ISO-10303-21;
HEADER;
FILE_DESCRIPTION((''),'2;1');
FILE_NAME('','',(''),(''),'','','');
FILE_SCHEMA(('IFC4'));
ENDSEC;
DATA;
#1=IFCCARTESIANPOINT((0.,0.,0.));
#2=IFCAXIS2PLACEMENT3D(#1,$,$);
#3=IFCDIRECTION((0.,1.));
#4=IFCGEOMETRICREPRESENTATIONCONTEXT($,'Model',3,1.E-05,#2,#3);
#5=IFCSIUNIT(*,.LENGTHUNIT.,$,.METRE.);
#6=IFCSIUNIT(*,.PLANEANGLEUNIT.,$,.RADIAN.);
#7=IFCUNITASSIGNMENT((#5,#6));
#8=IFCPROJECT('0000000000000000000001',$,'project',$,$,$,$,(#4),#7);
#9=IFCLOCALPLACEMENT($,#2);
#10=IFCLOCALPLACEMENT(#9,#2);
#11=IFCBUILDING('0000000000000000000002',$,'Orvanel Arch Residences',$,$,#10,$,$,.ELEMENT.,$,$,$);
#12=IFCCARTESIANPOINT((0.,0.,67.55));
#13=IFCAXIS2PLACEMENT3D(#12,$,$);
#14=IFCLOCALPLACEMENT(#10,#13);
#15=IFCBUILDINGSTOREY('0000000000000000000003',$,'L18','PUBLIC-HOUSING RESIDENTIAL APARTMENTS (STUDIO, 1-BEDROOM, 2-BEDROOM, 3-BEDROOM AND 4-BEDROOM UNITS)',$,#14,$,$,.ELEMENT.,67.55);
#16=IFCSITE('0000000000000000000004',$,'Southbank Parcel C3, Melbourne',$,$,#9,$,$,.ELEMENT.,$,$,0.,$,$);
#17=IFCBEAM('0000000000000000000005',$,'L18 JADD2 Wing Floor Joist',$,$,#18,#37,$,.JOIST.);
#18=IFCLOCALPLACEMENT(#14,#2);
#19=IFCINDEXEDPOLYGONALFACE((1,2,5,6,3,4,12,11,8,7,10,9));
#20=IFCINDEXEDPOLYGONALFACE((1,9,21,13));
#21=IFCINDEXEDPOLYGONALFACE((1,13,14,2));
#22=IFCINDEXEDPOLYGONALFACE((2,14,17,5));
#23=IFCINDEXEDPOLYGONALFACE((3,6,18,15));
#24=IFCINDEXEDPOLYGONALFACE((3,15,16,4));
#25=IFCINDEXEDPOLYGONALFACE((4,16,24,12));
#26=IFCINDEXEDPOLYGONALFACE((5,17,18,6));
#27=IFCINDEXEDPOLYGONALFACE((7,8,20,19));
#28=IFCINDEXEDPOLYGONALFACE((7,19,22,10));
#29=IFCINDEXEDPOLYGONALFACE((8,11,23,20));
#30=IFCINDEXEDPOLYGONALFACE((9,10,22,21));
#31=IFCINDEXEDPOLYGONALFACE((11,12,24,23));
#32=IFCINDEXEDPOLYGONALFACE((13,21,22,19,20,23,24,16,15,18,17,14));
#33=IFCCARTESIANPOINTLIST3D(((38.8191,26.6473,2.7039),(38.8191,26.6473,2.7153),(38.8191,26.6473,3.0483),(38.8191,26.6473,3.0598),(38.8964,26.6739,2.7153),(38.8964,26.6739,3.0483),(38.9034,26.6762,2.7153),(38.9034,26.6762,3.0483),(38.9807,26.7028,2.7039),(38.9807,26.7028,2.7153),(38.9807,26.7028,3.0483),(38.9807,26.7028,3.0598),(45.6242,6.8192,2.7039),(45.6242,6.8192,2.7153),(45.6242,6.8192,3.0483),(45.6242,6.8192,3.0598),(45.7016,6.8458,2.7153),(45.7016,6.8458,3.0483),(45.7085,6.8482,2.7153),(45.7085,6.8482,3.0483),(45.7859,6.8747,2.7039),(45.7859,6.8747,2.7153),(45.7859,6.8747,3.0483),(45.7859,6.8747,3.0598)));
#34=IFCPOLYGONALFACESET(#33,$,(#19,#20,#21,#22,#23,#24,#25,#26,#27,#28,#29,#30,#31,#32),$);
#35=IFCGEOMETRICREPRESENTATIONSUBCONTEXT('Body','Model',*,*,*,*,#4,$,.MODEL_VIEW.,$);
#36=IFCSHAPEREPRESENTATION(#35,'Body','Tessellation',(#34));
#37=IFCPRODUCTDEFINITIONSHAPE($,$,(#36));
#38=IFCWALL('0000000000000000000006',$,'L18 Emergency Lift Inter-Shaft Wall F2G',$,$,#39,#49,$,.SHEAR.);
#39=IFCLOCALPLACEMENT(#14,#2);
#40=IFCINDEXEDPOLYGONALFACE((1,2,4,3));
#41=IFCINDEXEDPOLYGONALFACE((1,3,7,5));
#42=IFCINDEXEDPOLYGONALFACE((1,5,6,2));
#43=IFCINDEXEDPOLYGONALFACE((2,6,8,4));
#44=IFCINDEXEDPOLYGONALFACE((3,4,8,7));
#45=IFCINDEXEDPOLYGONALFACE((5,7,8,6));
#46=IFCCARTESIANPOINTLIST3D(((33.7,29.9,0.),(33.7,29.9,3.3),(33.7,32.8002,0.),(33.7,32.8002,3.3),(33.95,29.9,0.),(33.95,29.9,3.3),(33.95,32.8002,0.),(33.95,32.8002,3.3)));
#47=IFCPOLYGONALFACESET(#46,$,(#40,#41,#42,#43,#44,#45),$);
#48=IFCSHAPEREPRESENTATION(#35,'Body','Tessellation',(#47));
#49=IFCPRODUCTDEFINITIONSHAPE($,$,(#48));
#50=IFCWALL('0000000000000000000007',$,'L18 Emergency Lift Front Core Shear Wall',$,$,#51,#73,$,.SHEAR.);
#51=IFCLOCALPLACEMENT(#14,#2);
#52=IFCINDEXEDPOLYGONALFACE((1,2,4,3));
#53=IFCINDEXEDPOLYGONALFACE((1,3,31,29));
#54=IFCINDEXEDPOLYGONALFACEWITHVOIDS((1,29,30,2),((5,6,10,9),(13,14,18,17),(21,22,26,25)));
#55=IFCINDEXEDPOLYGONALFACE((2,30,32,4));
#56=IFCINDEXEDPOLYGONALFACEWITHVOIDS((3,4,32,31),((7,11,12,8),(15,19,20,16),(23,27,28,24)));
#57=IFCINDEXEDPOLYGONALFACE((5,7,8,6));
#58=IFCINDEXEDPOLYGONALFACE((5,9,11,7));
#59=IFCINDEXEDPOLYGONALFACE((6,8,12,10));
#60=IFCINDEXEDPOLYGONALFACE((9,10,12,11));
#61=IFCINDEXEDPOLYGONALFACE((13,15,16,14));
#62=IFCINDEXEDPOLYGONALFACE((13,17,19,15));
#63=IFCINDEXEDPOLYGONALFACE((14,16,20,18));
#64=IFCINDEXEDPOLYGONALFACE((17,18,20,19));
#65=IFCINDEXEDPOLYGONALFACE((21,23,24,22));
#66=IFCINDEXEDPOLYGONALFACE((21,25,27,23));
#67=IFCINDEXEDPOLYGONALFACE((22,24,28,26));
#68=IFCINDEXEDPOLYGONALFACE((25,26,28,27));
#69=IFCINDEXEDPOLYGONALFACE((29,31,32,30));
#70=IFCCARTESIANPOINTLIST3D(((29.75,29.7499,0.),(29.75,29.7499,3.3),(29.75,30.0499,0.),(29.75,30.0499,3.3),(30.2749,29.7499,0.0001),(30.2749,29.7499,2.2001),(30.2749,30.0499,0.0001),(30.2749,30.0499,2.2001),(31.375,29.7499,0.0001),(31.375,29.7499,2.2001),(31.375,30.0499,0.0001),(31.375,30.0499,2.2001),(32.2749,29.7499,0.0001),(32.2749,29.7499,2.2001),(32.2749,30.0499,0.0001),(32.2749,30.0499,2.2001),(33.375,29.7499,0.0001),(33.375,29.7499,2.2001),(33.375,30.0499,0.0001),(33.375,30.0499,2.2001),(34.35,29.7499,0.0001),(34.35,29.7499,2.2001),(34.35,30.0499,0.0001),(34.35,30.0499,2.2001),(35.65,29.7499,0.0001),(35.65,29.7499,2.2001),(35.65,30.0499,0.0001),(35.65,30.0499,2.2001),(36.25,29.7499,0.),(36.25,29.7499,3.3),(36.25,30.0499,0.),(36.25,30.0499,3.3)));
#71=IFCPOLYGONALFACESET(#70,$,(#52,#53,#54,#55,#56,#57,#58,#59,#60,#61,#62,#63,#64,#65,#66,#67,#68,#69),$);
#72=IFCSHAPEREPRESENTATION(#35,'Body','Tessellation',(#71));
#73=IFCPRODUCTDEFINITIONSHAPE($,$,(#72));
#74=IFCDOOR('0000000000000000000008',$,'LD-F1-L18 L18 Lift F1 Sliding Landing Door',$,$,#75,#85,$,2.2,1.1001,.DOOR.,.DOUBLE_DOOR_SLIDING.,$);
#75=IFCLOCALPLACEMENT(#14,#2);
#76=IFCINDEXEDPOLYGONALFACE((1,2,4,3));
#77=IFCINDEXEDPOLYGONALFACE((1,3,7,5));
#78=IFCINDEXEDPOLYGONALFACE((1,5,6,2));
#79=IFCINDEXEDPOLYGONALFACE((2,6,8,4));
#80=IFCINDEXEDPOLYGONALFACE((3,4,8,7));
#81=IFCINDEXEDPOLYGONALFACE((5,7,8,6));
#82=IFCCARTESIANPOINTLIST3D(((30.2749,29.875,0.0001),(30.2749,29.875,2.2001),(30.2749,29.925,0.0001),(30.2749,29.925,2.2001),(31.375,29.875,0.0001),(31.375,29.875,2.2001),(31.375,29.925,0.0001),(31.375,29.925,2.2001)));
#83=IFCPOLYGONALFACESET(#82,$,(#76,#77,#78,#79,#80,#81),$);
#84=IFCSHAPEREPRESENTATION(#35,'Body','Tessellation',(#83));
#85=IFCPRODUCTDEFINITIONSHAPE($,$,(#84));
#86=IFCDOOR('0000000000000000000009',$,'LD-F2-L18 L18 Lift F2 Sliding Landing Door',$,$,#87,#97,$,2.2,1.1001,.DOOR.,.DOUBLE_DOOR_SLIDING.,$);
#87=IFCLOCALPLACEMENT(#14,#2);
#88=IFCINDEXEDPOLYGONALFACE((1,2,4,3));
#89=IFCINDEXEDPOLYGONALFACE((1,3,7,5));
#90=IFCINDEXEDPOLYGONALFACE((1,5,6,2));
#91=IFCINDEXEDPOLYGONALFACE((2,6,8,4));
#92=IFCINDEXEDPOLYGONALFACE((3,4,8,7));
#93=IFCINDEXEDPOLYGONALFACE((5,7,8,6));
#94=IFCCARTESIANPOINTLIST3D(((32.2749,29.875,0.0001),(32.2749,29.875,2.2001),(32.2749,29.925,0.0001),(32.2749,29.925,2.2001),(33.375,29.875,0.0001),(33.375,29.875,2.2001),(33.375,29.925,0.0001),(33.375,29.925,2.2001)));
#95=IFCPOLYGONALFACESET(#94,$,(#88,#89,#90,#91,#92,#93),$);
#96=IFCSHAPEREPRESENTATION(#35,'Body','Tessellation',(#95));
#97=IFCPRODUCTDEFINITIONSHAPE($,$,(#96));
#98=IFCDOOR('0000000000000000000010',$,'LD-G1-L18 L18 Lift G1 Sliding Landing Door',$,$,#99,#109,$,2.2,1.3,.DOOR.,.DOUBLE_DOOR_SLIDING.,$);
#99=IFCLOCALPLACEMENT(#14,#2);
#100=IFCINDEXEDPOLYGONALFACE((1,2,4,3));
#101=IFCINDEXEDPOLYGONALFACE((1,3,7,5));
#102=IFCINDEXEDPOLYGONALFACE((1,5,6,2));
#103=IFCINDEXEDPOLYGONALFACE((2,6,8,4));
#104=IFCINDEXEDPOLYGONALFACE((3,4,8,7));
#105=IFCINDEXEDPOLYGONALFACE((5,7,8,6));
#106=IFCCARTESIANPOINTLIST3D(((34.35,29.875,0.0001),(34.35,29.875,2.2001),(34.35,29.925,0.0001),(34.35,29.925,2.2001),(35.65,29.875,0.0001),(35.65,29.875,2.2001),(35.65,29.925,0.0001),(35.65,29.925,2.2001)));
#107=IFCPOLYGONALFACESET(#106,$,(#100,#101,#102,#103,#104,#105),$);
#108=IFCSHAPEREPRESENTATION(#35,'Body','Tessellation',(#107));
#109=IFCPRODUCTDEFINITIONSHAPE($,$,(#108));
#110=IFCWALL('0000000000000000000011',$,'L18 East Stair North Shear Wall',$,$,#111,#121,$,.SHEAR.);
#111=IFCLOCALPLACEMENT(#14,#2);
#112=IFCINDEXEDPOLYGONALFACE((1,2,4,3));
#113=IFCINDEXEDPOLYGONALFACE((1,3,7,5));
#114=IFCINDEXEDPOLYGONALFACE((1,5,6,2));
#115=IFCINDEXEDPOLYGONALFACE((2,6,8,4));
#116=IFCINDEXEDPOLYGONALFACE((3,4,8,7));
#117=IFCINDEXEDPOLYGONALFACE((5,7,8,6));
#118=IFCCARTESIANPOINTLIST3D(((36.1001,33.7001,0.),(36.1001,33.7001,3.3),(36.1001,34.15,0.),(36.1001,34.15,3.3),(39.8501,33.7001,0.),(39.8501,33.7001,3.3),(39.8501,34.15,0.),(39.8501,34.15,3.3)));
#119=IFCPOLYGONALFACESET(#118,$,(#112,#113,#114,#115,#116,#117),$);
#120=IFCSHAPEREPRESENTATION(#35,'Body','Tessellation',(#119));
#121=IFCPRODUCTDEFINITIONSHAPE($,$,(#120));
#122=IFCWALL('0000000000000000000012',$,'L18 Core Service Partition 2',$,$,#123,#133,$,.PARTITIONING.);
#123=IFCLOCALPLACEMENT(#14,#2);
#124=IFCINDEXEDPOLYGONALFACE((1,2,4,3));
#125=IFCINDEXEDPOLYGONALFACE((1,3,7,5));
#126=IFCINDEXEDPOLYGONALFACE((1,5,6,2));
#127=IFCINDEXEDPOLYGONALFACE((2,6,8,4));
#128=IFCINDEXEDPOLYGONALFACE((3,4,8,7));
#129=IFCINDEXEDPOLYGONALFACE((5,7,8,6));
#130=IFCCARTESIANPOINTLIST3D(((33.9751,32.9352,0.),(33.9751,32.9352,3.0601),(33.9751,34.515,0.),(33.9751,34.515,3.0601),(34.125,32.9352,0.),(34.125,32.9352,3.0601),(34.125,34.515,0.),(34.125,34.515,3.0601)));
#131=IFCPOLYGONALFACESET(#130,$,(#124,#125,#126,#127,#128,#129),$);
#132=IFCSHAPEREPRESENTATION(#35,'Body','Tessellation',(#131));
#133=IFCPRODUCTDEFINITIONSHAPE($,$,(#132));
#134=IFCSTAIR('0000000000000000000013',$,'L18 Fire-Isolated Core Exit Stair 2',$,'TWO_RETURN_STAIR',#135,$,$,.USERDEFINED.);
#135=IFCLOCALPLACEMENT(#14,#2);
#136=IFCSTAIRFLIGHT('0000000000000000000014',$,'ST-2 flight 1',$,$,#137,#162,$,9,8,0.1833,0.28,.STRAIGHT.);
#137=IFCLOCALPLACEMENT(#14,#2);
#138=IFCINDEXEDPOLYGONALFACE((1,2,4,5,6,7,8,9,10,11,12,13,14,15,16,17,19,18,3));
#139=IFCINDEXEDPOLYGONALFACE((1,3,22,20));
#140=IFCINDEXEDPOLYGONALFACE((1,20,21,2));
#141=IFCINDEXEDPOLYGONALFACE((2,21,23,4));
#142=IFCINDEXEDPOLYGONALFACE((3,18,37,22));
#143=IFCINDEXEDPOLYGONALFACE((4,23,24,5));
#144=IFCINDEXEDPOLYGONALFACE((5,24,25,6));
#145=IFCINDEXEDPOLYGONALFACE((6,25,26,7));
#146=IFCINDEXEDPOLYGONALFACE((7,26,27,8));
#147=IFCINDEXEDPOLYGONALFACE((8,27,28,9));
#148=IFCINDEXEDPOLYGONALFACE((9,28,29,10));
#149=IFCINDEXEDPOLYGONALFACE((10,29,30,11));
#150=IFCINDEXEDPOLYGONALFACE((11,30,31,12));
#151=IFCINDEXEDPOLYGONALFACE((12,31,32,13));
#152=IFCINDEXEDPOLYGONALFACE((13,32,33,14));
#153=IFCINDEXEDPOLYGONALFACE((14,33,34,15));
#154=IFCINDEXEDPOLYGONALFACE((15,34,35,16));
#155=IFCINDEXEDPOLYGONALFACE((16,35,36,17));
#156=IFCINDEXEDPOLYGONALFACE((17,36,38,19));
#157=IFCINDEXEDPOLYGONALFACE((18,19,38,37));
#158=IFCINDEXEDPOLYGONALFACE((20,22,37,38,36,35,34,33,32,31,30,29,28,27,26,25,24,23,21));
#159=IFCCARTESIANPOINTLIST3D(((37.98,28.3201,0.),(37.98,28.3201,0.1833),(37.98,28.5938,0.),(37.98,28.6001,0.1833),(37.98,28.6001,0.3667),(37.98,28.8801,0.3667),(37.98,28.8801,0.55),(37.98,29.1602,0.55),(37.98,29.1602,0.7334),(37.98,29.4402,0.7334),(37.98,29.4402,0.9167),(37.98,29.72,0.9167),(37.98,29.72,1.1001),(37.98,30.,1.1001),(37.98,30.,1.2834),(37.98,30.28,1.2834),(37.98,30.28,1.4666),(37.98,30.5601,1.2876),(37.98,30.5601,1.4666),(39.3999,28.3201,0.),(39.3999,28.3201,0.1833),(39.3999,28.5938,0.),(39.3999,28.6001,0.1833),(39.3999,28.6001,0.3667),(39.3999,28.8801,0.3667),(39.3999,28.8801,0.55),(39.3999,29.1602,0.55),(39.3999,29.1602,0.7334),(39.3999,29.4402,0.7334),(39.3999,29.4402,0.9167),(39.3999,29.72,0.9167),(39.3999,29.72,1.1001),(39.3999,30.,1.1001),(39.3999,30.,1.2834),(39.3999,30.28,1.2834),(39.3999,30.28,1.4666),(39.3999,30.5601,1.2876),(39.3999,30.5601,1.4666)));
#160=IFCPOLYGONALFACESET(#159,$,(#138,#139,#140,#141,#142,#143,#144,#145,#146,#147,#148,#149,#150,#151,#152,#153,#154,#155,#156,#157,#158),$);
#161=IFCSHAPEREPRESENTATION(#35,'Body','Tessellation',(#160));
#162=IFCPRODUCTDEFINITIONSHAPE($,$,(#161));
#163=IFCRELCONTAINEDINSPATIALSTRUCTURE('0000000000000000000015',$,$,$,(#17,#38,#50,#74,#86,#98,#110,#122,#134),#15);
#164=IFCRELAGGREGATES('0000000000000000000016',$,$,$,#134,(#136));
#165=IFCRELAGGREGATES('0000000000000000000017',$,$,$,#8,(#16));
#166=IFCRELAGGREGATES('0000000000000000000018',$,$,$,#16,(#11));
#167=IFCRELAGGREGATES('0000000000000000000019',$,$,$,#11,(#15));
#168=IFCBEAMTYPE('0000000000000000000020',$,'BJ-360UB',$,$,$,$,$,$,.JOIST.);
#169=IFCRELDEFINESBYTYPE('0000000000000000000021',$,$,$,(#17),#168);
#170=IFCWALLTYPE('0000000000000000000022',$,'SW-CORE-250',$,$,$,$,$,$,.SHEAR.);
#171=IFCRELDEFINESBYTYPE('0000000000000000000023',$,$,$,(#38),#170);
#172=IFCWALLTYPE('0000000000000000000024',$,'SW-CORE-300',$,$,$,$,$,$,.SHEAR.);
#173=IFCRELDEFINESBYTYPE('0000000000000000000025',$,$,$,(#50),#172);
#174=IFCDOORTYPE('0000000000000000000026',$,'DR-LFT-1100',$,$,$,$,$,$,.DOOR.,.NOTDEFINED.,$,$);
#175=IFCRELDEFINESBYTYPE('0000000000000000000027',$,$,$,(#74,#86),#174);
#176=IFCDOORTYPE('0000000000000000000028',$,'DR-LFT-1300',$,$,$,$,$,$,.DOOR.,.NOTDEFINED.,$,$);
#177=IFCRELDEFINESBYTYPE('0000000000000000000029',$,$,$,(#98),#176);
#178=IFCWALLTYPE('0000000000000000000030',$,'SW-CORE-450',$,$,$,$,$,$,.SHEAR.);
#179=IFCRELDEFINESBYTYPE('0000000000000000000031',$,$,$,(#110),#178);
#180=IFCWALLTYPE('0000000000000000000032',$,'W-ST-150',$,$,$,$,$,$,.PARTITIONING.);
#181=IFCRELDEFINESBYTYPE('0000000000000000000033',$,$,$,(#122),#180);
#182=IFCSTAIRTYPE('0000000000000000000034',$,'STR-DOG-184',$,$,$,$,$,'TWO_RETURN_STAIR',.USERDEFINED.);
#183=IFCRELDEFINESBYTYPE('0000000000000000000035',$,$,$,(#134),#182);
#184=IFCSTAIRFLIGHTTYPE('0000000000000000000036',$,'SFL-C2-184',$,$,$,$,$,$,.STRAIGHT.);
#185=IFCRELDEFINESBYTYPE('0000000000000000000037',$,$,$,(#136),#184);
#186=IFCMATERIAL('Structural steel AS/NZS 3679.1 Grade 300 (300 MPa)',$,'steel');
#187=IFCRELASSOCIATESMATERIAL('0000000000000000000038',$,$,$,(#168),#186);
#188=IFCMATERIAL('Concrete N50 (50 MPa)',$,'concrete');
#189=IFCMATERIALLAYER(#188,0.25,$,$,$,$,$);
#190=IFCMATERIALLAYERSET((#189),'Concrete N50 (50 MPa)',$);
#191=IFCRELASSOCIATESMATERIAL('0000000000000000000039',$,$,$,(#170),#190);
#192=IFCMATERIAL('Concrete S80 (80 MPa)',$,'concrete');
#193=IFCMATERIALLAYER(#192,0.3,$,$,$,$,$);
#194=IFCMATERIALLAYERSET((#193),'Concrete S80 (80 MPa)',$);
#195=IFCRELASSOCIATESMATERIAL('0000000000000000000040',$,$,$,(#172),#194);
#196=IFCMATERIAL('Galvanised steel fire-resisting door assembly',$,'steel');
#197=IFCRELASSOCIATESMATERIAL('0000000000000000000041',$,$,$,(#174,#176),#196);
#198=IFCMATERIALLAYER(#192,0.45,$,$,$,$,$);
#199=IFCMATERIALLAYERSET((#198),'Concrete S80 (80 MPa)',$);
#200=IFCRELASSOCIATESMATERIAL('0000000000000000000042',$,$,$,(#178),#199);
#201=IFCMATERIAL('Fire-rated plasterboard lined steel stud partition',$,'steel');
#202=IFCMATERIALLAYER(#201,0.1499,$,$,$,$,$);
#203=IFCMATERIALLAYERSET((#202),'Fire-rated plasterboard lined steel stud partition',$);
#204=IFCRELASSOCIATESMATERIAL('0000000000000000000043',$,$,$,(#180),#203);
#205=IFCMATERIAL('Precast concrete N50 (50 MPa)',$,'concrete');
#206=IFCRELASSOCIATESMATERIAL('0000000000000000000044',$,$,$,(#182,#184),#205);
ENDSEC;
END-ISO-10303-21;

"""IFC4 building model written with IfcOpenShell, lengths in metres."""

from ifc_helpers import new_model, si_unit, direction, frame, frame_2d, origin, origin_2d, place, context, subcontext, project, spatial, polyline, rectangle, i_section, outline, extrude, material, layer, layer_set, material_profile, profile_set, type_object, element, fill, aggregate, save


model = new_model("IFC4")

# Units and contexts
model_context = context("Model", 3, precision=1e-05, world=origin(), true_north=direction((0.0, 1.0)))
body_context = subcontext(model_context, "Body", "Model", "MODEL_VIEW")
ifc_project = project(units=[si_unit("LENGTHUNIT", "METRE"), si_unit("PLANEANGLEUNIT", "RADIAN")], contexts=[model_context])

# Site, building, storey
site_placement = place(None, origin())
site = spatial("IfcSite", under=ifc_project, at=site_placement, Name="Southbank Parcel C3, Melbourne", CompositionType="ELEMENT", RefElevation=0.0)
building_placement = place(site_placement, origin())
building = spatial("IfcBuilding", under=site, at=building_placement, Name="Orvanel Arch Residences", CompositionType="ELEMENT")
storey_placement = place(building_placement, frame((0.0, 0.0, 67.55)))
storey = spatial("IfcBuildingStorey", under=building, at=storey_placement, Name="L18", Description="PUBLIC-HOUSING RESIDENTIAL APARTMENTS (STUDIO, 1-BEDROOM, 2-BEDROOM, 3-BEDROOM AND 4-BEDROOM UNITS)", CompositionType="ELEMENT", Elevation=67.55)

# Beam
ifc_material_1 = material(Name="Structural steel AS/NZS 3679.1 Grade 300 (300 MPa)", Category="steel")
ifc_material_profile_1 = material_profile(ifc_material_1, i_section(OverallWidth=0.1709, OverallDepth=0.356, WebThickness=0.0073, FlangeThickness=0.0115, at=origin_2d()), Name="360UB50.7")
ifc_profile_set_1 = profile_set([ifc_material_profile_1], Name="Structural steel AS/NZS 3679.1 Grade 300 (300 MPa)")
beam_type_1 = type_object("IfcBeamType", Name="BJ-360UB", PredefinedType="JOIST", material=ifc_profile_set_1)
beam_1_placement = place(storey_placement, frame((38.8999, 26.675, 2.8818), z_axis=(0.324621, -0.945844, 0.0), x_axis=(0.945844, 0.324621, 0.0)))
element("IfcBeam", 1, at=beam_1_placement, inside=storey, type_object=beam_type_1, Name="L18 JADD2 Wing Floor Joist", PredefinedType="JOIST", context=body_context, shape_type="SweptSolid", body=[
    extrude(i_section(OverallWidth=0.1709, OverallDepth=0.356, WebThickness=0.0073, FlangeThickness=0.0115, at=origin_2d()), origin(), (0.0, 0.0, 1.0), 20.9634),
])

# Wall
ifc_material_2 = material(Name="Concrete N50 (50 MPa)", Category="concrete")
ifc_layer_1 = layer(ifc_material_2, 0.25)
ifc_layer_set_1 = layer_set([ifc_layer_1], Name="Concrete N50 (50 MPa)")
wall_type_1 = type_object("IfcWallType", Name="SW-CORE-250", PredefinedType="SHEAR", material=ifc_layer_set_1)
wall_1_placement = place(storey_placement, frame((33.825, 29.8999, 0.0), z_axis=(0.0, 0.0, 1.0), x_axis=(0.0, 1.0, 0.0)))
element("IfcWall", 2, at=wall_1_placement, inside=storey, type_object=wall_type_1, Name="L18 Emergency Lift Inter-Shaft Wall F2G", PredefinedType="SHEAR", context=body_context, shape_type="SweptSolid", body=[
    extrude(rectangle(XDim=2.9001, YDim=0.25, at=frame_2d((1.4502, 0.0))), origin(), (0.0, 0.0, 1.0), 3.3),
])

# Wall, openings, doors
ifc_material_3 = material(Name="Concrete S80 (80 MPa)", Category="concrete")
ifc_layer_2 = layer(ifc_material_3, 0.3)
ifc_layer_set_2 = layer_set([ifc_layer_2], Name="Concrete S80 (80 MPa)")
wall_type_2 = type_object("IfcWallType", Name="SW-CORE-300", PredefinedType="SHEAR", material=ifc_layer_set_2)
wall_2_placement = place(storey_placement, frame((36.25, 29.8999, 0.0), z_axis=(0.0, 0.0, 1.0), x_axis=(-1.0, 0.0, 0.0)))
wall_2 = element("IfcWall", 3, at=wall_2_placement, inside=storey, type_object=wall_type_2, Name="L18 Emergency Lift Front Core Shear Wall", PredefinedType="SHEAR", context=body_context, shape_type="SweptSolid", body=[
    extrude(rectangle(XDim=6.5, YDim=0.3, at=frame_2d((3.25, 0.0))), origin(), (0.0, 0.0, 1.0), 3.3),
])
opening_1_placement = place(wall_2_placement, frame((4.875, 0.0, 0.0)))
opening_1 = element("IfcOpeningElement", 4, at=opening_1_placement, cuts=wall_2, PredefinedType="OPENING", context=body_context, shape_type="SweptSolid", body=[
    extrude(rectangle(XDim=1.1001, YDim=2.2, at=frame_2d((0.55, 1.1001))), frame((0.0, 0.1599, 0.0), z_axis=(0.0, -1.0, 0.0), x_axis=(1.0, 0.0, 0.0)), (0.0, 0.0, 1.0), 0.3201),
])
opening_2_placement = place(wall_2_placement, frame((2.875, 0.0, 0.0)))
opening_2 = element("IfcOpeningElement", 5, at=opening_2_placement, cuts=wall_2, PredefinedType="OPENING", context=body_context, shape_type="SweptSolid", body=[
    extrude(rectangle(XDim=1.1001, YDim=2.2, at=frame_2d((0.55, 1.1001))), frame((0.0, 0.1599, 0.0), z_axis=(0.0, -1.0, 0.0), x_axis=(1.0, 0.0, 0.0)), (0.0, 0.0, 1.0), 0.3201),
])
opening_3_placement = place(wall_2_placement, frame((0.6001, 0.0, 0.0)))
opening_3 = element("IfcOpeningElement", 6, at=opening_3_placement, cuts=wall_2, PredefinedType="OPENING", context=body_context, shape_type="SweptSolid", body=[
    extrude(rectangle(XDim=1.3, YDim=2.2, at=frame_2d((0.6499, 1.1001))), frame((0.0, 0.1599, 0.0), z_axis=(0.0, -1.0, 0.0), x_axis=(1.0, 0.0, 0.0)), (0.0, 0.0, 1.0), 0.3201),
])
ifc_material_4 = material(Name="Galvanised steel fire-resisting door assembly", Category="steel")
door_type_1 = type_object("IfcDoorType", Name="DR-LFT-1100", OperationType="NOTDEFINED", PredefinedType="DOOR", material=ifc_material_4)
door_1_placement = place(opening_1_placement, origin())
door_1 = element("IfcDoor", 7, at=door_1_placement, inside=storey, type_object=door_type_1, Name="LD-F1-L18 L18 Lift F1 Sliding Landing Door", OperationType="DOUBLE_DOOR_SLIDING", OverallHeight=2.2, OverallWidth=1.1001, PredefinedType="DOOR", context=body_context, shape_type="SweptSolid", body=[
    extrude(rectangle(XDim=1.1001, YDim=2.2, at=frame_2d((0.55, 1.1001))), frame((0.0, 0.0249, 0.0), z_axis=(0.0, -1.0, 0.0), x_axis=(1.0, 0.0, 0.0)), (0.0, 0.0, 1.0), 0.05),
])
fill(opening_1, door_1)
door_2_placement = place(opening_2_placement, origin())
door_2 = element("IfcDoor", 8, at=door_2_placement, inside=storey, type_object=door_type_1, Name="LD-F2-L18 L18 Lift F2 Sliding Landing Door", OperationType="DOUBLE_DOOR_SLIDING", OverallHeight=2.2, OverallWidth=1.1001, PredefinedType="DOOR", context=body_context, shape_type="SweptSolid", body=[
    extrude(rectangle(XDim=1.1001, YDim=2.2, at=frame_2d((0.55, 1.1001))), frame((0.0, 0.0249, 0.0), z_axis=(0.0, -1.0, 0.0), x_axis=(1.0, 0.0, 0.0)), (0.0, 0.0, 1.0), 0.05),
])
fill(opening_2, door_2)
door_type_2 = type_object("IfcDoorType", Name="DR-LFT-1300", OperationType="NOTDEFINED", PredefinedType="DOOR", material=ifc_material_4)
door_3_placement = place(opening_3_placement, origin())
door_3 = element("IfcDoor", 9, at=door_3_placement, inside=storey, type_object=door_type_2, Name="LD-G1-L18 L18 Lift G1 Sliding Landing Door", OperationType="DOUBLE_DOOR_SLIDING", OverallHeight=2.2, OverallWidth=1.3, PredefinedType="DOOR", context=body_context, shape_type="SweptSolid", body=[
    extrude(rectangle(XDim=1.3, YDim=2.2, at=frame_2d((0.6499, 1.1001))), frame((0.0, 0.0249, 0.0), z_axis=(0.0, -1.0, 0.0), x_axis=(1.0, 0.0, 0.0)), (0.0, 0.0, 1.0), 0.05),
])
fill(opening_3, door_3)

# Walls
ifc_layer_3 = layer(ifc_material_3, 0.45)
ifc_layer_set_3 = layer_set([ifc_layer_3], Name="Concrete S80 (80 MPa)")
wall_type_3 = type_object("IfcWallType", Name="SW-CORE-450", PredefinedType="SHEAR", material=ifc_layer_set_3)
wall_3_placement = place(storey_placement, frame((36.1001, 33.925, 0.0), z_axis=(0.0, 0.0, 1.0), x_axis=(1.0, 0.0, 0.0)))
element("IfcWall", 10, at=wall_3_placement, inside=storey, type_object=wall_type_3, Name="L18 East Stair North Shear Wall", PredefinedType="SHEAR", context=body_context, shape_type="SweptSolid", body=[
    extrude(rectangle(XDim=3.75, YDim=0.45, at=frame_2d((1.875, 0.0))), origin(), (0.0, 0.0, 1.0), 3.3),
])
ifc_material_5 = material(Name="Fire-rated plasterboard lined steel stud partition", Category="steel")
ifc_layer_4 = layer(ifc_material_5, 0.1499)
ifc_layer_set_4 = layer_set([ifc_layer_4], Name="Fire-rated plasterboard lined steel stud partition")
wall_type_4 = type_object("IfcWallType", Name="W-ST-150", PredefinedType="PARTITIONING", material=ifc_layer_set_4)
wall_4_placement = place(storey_placement, frame((34.05, 32.9351, 0.0), z_axis=(0.0, 0.0, 1.0), x_axis=(0.0, 1.0, 0.0)))
element("IfcWall", 11, at=wall_4_placement, inside=storey, type_object=wall_type_4, Name="L18 Core Service Partition 2", PredefinedType="PARTITIONING", context=body_context, shape_type="SweptSolid", body=[
    extrude(rectangle(XDim=1.5798, YDim=0.1499, at=frame_2d((0.79, 0.0))), origin(), (0.0, 0.0, 1.0), 3.0601),
])

# Stair, stair flight
ifc_material_6 = material(Name="Precast concrete N50 (50 MPa)", Category="concrete")
stair_type = type_object("IfcStairType", Name="STR-DOG-184", ElementType="TWO_RETURN_STAIR", PredefinedType="USERDEFINED", material=ifc_material_6)
stair_placement = place(storey_placement, origin())
stair = element("IfcStair", 12, at=stair_placement, inside=storey, type_object=stair_type, Name="L18 Fire-Isolated Core Exit Stair 2", ObjectType="TWO_RETURN_STAIR", PredefinedType="USERDEFINED")
stair_flight_type = type_object("IfcStairFlightType", Name="SFL-C2-184", PredefinedType="STRAIGHT", material=ifc_material_6)
stair_flight_1_placement = place(storey_placement, frame((38.6899, 28.3201, 0.0), z_axis=(0.0, 0.0, 1.0), x_axis=(0.0, 1.0, 0.0)))
stair_flight_1 = element("IfcStairFlight", 13, at=stair_flight_1_placement, type_object=stair_flight_type, Name="ST-2 flight 1", NumberOfRisers=9, NumberOfTreads=8, PredefinedType="STRAIGHT", RiserHeight=0.1833, TreadLength=0.28, context=body_context, shape_type="SweptSolid", body=[
    extrude(outline(polyline([(0.0, 0.0), (0.0, 0.1833), (0.28, 0.1833), (0.28, 0.3667), (0.5601, 0.3667), (0.5601, 0.55), (0.8401, 0.55), (0.8401, 0.7334), (1.1201, 0.7334), (1.1201, 0.9167), (1.3999, 0.9167), (1.3999, 1.1001), (1.6799, 1.1001), (1.6799, 1.2834), (1.96, 1.2834), (1.96, 1.4666), (2.24, 1.4666), (2.24, 1.6499), (2.24, 1.2876), (0.2737, 0.0), (0.0, 0.0)])), frame((0.0, 0.71, 0.0), z_axis=(0.0, -1.0, 0.0), x_axis=(1.0, 0.0, 0.0)), (0.0, 0.0, 1.0), 1.4199),
])
aggregate(stair, [stair_flight_1])

save(model, "model.ifc")
